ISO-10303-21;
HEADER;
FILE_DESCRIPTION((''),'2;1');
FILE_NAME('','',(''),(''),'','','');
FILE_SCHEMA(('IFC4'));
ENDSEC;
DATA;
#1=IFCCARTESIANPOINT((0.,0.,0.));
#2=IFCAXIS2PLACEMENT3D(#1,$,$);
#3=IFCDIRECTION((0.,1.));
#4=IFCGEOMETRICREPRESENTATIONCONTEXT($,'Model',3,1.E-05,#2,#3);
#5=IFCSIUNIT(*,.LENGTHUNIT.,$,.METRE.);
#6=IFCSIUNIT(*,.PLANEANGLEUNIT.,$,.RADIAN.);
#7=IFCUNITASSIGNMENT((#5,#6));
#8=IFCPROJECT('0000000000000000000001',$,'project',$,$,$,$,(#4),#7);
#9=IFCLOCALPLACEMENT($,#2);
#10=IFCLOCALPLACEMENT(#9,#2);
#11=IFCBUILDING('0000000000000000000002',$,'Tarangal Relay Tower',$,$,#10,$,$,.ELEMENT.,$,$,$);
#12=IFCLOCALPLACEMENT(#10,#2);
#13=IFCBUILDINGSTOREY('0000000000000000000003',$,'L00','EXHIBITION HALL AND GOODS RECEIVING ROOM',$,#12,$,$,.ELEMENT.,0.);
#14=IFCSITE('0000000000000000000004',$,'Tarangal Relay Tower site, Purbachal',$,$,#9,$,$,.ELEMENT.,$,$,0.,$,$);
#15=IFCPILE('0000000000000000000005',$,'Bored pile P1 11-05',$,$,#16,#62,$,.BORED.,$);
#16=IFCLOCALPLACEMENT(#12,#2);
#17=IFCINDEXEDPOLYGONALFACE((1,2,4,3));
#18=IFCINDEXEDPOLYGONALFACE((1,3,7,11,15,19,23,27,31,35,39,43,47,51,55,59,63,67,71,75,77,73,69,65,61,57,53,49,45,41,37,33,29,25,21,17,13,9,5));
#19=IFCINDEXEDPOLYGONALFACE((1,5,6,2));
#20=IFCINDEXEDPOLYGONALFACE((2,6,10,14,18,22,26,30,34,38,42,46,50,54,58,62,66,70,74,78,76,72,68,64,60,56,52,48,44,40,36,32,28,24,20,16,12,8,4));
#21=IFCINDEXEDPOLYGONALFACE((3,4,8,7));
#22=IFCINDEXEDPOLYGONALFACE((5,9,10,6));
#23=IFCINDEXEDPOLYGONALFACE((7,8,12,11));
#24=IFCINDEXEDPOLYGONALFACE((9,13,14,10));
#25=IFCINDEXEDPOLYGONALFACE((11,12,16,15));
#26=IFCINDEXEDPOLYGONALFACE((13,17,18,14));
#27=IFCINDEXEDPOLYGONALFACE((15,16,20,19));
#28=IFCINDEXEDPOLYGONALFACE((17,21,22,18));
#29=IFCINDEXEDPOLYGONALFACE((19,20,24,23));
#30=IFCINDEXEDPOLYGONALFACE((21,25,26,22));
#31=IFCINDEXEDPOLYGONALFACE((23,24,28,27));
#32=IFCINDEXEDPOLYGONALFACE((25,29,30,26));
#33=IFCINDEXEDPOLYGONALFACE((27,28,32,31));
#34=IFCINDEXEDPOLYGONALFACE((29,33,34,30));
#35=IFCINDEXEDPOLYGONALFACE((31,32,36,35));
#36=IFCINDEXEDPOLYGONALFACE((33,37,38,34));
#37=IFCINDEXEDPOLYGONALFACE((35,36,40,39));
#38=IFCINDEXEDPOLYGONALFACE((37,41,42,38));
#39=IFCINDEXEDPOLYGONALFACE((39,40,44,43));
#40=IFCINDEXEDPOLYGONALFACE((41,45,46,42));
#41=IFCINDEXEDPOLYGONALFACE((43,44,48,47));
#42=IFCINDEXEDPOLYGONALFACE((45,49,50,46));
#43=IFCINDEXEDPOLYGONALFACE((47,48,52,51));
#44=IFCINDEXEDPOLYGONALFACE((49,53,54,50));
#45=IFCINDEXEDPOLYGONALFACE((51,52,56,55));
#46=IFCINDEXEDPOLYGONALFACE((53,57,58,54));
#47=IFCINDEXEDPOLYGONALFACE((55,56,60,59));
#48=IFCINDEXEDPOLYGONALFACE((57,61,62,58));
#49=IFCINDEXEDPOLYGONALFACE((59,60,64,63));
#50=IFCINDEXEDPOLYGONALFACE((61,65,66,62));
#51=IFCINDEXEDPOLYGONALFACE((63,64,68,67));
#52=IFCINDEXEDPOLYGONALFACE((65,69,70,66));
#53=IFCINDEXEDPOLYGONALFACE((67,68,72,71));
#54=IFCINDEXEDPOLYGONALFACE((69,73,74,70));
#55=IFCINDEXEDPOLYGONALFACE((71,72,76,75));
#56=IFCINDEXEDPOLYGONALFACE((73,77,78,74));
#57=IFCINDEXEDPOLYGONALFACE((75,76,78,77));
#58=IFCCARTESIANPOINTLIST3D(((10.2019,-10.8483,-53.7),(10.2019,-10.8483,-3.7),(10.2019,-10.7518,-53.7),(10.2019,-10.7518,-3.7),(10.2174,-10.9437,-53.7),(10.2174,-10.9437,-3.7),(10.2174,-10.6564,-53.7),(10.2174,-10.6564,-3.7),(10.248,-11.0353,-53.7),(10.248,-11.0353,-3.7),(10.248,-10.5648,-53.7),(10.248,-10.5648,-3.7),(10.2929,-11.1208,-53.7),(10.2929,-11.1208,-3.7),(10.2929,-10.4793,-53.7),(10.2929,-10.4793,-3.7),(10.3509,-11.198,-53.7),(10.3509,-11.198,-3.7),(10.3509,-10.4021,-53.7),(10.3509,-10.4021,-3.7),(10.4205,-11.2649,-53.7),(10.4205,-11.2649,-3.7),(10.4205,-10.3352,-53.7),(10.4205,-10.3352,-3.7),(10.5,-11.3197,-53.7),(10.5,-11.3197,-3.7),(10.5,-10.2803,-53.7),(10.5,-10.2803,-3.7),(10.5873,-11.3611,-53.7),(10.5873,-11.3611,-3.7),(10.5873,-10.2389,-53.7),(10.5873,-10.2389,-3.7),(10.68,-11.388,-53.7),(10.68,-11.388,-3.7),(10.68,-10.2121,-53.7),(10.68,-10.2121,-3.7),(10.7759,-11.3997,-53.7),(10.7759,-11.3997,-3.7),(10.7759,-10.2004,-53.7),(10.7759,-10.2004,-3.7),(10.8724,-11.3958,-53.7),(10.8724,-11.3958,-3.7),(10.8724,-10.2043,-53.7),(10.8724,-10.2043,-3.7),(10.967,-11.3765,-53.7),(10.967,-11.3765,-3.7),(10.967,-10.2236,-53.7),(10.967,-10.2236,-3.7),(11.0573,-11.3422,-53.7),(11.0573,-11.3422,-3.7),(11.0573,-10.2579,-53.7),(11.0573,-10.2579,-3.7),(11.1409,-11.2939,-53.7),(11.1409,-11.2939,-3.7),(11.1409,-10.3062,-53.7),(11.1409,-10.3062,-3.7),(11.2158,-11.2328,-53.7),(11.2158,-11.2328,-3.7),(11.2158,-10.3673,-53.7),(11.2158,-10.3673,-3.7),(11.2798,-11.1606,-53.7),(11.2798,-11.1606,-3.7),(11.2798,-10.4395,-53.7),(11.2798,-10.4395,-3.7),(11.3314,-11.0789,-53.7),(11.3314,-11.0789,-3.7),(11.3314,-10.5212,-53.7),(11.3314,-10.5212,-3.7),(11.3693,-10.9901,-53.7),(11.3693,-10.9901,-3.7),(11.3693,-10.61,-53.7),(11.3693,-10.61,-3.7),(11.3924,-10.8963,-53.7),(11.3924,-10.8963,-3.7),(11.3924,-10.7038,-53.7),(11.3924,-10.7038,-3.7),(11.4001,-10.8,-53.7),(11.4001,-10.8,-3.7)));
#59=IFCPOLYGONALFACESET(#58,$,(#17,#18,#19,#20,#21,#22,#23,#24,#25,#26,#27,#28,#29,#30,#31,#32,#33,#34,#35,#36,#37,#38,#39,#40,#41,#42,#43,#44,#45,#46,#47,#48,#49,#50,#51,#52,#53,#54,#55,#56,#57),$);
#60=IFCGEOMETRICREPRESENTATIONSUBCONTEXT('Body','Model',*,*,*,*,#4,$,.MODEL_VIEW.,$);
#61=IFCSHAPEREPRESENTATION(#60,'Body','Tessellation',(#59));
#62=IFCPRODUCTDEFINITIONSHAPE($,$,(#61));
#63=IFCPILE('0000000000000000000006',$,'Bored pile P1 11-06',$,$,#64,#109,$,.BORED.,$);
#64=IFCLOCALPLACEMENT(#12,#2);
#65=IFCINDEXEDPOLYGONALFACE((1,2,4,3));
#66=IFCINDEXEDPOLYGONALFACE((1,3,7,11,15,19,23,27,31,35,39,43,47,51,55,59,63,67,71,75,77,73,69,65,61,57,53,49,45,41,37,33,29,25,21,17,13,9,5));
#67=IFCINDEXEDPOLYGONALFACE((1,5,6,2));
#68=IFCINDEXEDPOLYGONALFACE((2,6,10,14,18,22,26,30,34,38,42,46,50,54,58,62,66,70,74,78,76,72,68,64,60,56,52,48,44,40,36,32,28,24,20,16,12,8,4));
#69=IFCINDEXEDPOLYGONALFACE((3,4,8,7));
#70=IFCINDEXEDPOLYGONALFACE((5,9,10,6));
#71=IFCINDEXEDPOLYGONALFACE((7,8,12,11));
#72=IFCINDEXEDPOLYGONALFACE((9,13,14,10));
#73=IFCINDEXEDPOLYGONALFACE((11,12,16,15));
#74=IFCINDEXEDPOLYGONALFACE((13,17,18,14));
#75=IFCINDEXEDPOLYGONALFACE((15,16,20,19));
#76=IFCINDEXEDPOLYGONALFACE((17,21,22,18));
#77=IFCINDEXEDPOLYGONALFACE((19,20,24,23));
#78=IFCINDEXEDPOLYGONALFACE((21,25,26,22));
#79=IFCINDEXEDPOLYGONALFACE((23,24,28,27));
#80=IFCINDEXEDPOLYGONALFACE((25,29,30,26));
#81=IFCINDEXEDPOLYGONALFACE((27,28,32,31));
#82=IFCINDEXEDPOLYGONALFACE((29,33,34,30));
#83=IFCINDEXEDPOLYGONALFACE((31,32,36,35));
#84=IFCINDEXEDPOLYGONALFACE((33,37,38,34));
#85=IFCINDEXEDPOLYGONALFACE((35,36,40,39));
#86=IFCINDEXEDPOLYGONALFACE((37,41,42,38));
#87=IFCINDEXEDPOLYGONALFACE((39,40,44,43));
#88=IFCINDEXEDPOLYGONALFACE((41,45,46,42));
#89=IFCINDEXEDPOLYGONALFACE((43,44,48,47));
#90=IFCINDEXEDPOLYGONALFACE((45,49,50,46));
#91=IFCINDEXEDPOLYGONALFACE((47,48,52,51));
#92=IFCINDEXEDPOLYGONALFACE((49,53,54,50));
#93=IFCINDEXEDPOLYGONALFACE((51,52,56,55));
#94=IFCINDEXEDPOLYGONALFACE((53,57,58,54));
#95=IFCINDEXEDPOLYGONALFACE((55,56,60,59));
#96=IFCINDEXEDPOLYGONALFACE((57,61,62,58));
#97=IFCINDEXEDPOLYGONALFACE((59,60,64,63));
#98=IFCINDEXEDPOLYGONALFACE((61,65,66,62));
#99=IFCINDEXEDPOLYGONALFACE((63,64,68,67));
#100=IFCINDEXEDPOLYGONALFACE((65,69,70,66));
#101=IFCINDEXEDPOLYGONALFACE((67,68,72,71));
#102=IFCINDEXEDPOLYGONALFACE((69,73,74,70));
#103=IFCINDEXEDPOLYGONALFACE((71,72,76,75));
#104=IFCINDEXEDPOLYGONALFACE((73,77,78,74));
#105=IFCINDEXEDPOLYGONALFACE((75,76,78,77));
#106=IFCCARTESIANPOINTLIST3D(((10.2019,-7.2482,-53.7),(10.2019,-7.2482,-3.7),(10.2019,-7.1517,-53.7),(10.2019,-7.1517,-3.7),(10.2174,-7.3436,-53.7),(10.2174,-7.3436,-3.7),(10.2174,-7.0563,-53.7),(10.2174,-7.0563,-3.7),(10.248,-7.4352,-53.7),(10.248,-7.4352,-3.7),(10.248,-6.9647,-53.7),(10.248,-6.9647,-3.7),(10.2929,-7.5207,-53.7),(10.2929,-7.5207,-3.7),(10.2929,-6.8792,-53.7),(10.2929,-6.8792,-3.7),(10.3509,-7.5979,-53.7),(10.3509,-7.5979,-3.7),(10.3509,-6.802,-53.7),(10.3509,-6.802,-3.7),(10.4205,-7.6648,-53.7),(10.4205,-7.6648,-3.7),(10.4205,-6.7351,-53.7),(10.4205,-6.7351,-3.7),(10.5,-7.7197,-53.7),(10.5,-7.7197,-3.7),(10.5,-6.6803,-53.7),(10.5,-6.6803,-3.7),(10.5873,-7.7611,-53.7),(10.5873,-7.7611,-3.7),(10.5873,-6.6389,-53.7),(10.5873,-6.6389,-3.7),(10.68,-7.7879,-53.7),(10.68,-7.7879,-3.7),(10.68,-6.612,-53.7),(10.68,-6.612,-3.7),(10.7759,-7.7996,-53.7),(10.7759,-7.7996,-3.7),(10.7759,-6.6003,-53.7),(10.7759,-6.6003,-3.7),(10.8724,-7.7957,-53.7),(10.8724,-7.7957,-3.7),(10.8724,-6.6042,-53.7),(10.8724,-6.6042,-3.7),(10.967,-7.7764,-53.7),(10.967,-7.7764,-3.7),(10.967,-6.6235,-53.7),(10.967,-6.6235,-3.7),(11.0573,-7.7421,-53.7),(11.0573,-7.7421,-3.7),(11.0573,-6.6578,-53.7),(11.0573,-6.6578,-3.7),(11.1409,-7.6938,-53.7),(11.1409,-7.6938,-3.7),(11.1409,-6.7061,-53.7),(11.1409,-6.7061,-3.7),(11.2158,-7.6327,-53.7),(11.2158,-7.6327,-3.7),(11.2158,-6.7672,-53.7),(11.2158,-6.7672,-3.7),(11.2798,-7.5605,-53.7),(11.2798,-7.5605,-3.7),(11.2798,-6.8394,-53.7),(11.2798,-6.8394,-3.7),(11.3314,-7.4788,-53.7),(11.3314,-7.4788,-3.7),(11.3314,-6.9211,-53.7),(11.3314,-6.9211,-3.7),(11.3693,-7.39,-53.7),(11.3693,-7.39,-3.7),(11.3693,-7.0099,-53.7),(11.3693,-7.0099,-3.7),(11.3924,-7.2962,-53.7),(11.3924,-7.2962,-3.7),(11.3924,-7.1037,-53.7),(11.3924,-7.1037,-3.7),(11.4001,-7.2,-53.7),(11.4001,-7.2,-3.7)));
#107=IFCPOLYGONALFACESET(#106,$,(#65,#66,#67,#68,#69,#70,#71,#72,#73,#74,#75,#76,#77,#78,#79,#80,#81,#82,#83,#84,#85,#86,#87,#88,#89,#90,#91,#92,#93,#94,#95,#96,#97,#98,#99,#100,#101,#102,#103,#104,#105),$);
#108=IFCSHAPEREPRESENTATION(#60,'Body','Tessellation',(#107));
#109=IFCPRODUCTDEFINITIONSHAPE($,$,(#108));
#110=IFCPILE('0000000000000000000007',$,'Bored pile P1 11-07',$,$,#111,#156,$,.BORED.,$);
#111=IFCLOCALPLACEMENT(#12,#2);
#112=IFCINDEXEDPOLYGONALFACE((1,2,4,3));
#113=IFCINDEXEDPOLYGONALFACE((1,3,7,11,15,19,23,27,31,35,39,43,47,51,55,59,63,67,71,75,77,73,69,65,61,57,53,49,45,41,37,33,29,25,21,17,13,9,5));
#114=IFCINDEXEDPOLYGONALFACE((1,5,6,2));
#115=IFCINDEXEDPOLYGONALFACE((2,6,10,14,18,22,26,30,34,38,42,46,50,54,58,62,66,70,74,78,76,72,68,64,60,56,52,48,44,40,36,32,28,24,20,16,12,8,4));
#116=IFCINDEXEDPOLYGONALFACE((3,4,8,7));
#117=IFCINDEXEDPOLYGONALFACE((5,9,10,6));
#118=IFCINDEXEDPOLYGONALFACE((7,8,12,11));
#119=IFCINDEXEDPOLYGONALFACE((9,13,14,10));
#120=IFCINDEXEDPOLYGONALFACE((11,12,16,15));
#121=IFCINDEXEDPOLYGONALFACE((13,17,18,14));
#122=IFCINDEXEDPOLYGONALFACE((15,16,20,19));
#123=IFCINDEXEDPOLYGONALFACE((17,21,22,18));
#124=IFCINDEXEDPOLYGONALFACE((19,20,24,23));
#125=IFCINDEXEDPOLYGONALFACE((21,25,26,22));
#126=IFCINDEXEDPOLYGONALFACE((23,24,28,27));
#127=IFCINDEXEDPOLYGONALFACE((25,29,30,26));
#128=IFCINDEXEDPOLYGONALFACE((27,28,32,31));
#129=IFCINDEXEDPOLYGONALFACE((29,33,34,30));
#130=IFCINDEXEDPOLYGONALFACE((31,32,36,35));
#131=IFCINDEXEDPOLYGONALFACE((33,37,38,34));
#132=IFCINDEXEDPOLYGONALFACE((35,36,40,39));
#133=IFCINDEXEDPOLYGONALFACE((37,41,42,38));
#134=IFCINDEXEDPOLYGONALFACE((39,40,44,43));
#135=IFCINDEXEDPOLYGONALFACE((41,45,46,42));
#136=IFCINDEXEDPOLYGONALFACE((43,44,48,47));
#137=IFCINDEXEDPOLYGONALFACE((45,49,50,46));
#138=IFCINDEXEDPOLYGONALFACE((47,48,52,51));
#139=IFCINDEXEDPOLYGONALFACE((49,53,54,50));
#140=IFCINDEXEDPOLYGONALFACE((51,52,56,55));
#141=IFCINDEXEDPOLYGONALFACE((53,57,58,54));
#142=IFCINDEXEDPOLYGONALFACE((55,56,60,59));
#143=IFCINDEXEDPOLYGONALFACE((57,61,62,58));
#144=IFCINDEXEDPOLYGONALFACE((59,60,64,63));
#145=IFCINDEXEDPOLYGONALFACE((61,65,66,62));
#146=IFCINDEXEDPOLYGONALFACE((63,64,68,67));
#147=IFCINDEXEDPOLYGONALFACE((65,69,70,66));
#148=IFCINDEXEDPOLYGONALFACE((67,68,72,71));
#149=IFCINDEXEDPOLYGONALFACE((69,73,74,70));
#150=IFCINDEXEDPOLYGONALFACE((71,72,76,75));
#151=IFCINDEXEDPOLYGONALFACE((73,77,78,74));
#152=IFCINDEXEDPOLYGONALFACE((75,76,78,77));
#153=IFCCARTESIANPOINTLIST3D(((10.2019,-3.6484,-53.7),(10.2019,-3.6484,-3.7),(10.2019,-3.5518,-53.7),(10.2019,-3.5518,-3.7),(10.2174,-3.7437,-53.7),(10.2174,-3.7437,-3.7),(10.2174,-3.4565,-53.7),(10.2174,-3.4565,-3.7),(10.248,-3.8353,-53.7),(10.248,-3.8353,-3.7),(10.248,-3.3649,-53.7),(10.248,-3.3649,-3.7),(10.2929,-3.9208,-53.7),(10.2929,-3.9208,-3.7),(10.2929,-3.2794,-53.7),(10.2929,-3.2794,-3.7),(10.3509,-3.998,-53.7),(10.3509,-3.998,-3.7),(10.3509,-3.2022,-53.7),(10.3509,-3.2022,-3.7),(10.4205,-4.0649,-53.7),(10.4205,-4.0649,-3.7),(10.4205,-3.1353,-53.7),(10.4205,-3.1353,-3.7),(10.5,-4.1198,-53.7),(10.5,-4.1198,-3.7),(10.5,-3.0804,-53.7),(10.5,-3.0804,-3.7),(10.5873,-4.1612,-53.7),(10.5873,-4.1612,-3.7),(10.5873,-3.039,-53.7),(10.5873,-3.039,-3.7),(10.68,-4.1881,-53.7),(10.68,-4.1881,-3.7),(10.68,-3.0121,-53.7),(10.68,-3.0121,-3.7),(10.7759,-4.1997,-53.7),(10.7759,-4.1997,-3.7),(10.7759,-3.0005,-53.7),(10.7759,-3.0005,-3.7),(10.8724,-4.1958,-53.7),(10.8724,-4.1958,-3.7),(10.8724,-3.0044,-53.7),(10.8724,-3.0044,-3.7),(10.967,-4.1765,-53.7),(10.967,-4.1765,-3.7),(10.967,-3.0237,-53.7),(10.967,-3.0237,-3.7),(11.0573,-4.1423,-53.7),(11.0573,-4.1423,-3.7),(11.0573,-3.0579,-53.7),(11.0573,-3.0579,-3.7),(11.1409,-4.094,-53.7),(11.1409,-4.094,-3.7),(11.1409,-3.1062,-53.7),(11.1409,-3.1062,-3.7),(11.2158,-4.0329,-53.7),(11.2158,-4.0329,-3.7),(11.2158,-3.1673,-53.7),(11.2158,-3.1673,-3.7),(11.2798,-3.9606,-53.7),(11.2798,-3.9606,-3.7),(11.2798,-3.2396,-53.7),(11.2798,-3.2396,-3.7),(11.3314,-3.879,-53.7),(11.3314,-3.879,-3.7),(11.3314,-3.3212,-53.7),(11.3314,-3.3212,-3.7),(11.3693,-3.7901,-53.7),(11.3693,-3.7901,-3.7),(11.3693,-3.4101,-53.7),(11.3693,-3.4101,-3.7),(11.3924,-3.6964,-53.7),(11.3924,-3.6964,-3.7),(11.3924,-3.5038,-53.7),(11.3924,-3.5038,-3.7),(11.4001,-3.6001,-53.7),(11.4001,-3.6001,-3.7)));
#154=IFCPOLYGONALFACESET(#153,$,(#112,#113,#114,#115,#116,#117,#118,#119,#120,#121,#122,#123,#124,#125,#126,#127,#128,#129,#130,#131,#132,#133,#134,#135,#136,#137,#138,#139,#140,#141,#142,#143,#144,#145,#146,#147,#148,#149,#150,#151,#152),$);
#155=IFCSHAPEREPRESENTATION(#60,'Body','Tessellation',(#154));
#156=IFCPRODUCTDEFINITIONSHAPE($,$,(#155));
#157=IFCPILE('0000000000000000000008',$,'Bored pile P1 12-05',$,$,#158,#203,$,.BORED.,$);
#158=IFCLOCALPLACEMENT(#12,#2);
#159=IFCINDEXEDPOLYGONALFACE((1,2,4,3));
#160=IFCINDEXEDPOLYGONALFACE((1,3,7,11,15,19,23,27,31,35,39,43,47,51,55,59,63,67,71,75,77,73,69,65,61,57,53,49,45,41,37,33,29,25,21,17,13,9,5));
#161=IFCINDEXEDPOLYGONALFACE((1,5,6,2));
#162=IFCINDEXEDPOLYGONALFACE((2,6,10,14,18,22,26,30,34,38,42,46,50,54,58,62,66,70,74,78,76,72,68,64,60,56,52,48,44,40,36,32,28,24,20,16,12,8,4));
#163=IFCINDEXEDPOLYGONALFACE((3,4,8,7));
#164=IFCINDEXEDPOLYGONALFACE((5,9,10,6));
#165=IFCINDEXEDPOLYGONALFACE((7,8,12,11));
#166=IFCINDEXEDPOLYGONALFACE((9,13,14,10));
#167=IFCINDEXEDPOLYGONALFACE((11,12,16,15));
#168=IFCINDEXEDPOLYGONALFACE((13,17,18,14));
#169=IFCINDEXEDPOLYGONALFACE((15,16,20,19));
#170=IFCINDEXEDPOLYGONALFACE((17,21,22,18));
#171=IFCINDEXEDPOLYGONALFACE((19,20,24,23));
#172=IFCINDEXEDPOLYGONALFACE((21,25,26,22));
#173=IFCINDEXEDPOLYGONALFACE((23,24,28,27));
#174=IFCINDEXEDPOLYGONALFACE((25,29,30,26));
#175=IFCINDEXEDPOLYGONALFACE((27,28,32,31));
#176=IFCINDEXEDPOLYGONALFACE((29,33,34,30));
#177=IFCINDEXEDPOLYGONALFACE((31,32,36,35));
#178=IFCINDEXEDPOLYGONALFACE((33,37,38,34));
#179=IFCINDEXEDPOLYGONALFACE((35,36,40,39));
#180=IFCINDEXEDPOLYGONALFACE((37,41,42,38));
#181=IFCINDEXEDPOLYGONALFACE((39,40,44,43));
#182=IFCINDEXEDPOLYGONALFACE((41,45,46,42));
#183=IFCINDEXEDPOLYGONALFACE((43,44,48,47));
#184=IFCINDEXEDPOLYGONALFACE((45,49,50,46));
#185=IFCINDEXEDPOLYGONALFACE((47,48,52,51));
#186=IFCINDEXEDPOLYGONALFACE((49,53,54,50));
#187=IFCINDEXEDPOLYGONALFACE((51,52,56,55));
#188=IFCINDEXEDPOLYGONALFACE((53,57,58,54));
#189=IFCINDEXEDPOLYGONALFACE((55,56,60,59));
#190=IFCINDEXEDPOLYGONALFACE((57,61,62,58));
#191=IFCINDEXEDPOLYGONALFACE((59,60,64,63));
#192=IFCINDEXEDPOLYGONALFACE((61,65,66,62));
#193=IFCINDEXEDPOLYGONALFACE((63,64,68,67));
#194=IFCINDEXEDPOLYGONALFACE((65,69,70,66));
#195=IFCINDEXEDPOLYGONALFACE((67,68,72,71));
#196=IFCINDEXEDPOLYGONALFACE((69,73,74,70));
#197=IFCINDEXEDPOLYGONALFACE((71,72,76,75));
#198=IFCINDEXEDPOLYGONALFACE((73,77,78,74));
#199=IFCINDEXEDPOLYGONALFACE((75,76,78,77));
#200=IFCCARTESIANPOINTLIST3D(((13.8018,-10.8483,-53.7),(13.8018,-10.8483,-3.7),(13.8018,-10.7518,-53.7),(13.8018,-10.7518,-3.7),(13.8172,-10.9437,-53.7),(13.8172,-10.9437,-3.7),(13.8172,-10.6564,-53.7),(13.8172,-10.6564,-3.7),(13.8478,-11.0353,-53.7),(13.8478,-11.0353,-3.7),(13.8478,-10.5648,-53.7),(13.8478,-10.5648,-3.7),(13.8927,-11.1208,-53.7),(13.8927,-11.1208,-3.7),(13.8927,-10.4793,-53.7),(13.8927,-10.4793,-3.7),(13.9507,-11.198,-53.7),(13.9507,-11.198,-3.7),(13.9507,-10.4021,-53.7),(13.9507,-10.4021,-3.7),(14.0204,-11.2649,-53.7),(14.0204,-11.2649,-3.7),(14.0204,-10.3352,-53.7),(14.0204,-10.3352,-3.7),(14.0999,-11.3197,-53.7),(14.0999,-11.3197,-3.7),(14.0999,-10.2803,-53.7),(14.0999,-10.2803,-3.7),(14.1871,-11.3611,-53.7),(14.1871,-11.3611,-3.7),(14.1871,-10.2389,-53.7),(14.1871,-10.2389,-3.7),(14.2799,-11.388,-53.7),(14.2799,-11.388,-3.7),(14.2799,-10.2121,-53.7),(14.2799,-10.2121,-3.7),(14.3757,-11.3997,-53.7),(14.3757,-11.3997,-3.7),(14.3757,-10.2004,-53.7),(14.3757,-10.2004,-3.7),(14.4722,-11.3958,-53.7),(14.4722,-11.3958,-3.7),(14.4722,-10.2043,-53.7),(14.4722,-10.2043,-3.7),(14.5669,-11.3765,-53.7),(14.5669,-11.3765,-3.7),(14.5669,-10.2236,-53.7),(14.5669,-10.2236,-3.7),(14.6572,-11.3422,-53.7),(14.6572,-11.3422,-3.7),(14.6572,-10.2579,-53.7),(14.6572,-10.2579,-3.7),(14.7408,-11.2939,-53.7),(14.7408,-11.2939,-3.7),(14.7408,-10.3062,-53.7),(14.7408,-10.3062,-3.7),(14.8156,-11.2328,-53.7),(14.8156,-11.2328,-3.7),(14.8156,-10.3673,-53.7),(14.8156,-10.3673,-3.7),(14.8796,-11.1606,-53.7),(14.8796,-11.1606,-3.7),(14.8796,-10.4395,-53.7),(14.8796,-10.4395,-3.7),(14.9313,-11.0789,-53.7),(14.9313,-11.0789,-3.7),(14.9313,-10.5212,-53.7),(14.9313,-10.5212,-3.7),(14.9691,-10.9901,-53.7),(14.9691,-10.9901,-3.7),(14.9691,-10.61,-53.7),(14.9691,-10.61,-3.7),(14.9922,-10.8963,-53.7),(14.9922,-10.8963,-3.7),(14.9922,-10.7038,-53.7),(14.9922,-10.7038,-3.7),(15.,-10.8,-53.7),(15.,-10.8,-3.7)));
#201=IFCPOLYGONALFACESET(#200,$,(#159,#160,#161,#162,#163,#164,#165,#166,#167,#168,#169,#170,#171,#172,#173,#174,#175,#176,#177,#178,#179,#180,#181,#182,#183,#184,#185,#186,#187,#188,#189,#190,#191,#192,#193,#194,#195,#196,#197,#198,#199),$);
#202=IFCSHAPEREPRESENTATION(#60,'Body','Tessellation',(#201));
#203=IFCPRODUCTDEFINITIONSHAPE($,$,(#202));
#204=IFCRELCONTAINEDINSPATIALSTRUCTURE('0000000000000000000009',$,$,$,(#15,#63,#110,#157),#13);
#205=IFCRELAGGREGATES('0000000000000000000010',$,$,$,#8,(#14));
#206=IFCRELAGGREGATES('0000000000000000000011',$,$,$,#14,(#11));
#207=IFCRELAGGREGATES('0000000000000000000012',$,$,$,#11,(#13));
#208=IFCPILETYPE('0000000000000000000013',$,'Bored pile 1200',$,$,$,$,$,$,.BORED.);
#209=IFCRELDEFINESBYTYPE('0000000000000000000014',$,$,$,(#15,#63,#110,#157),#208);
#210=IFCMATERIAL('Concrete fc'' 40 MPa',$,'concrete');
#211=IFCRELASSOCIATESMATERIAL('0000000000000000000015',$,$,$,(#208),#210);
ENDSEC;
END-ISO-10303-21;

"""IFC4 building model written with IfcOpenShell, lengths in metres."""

from ifc_helpers import new_model, si_unit, direction, frame, origin, origin_2d, place, context, subcontext, project, spatial, circle, extrude, material, material_profile, profile_set, type_object, element, save


model = new_model("IFC4")

# Units and contexts
model_context = context("Model", 3, precision=1e-05, world=origin(), true_north=direction((0.0, 1.0)))
body_context = subcontext(model_context, "Body", "Model", "MODEL_VIEW")
ifc_project = project(units=[si_unit("LENGTHUNIT", "METRE"), si_unit("PLANEANGLEUNIT", "RADIAN")], contexts=[model_context])

# Site, building, storey
site_placement = place(None, origin())
site = spatial("IfcSite", under=ifc_project, at=site_placement, Name="Tarangal Relay Tower site, Purbachal", CompositionType="ELEMENT", RefElevation=0.0)
building_placement = place(site_placement, origin())
building = spatial("IfcBuilding", under=site, at=building_placement, Name="Tarangal Relay Tower", CompositionType="ELEMENT")
storey_placement = place(building_placement, origin())
storey = spatial("IfcBuildingStorey", under=building, at=storey_placement, Name="L00", Description="EXHIBITION HALL AND GOODS RECEIVING ROOM", CompositionType="ELEMENT", Elevation=0.0)

# Piles
ifc_material_1 = material(Name="Concrete fc' 40 MPa", Category="concrete")
ifc_material_profile_1 = material_profile(ifc_material_1, circle(Radius=0.6001, at=origin_2d()), Name="D1200")
ifc_profile_set_1 = profile_set([ifc_material_profile_1], Name="Concrete fc' 40 MPa")
pile_type = type_object("IfcPileType", Name="Bored pile 1200", PredefinedType="BORED", material=ifc_profile_set_1)
for number, where, z_axis, x_axis, name in (
    (1, (10.8, -10.8, -3.7), (0.0, 0.0, -1.0), (1.0, 0.0, 0.0), "Bored pile P1 11-05"),
    (2, (10.8, -7.2, -3.7), (0.0, 0.0, -1.0), (1.0, 0.0, 0.0), "Bored pile P1 11-06"),
    (3, (10.8, -3.6001, -3.7), (0.0, 0.0, -1.0), (1.0, 0.0, 0.0), "Bored pile P1 11-07"),
    (4, (14.3999, -10.8, -3.7), (0.0, 0.0, -1.0), (1.0, 0.0, 0.0), "Bored pile P1 12-05"),
):
    element("IfcPile", number, at=place(storey_placement, frame(where, z_axis=z_axis, x_axis=x_axis)), inside=storey, type_object=pile_type, Name=name, PredefinedType="BORED", context=body_context, shape_type="SweptSolid", body=[
        extrude(circle(Radius=0.6001, at=origin_2d()), origin(), (0.0, 0.0, 1.0), 50.0),
    ])

save(model, "model.ifc")
